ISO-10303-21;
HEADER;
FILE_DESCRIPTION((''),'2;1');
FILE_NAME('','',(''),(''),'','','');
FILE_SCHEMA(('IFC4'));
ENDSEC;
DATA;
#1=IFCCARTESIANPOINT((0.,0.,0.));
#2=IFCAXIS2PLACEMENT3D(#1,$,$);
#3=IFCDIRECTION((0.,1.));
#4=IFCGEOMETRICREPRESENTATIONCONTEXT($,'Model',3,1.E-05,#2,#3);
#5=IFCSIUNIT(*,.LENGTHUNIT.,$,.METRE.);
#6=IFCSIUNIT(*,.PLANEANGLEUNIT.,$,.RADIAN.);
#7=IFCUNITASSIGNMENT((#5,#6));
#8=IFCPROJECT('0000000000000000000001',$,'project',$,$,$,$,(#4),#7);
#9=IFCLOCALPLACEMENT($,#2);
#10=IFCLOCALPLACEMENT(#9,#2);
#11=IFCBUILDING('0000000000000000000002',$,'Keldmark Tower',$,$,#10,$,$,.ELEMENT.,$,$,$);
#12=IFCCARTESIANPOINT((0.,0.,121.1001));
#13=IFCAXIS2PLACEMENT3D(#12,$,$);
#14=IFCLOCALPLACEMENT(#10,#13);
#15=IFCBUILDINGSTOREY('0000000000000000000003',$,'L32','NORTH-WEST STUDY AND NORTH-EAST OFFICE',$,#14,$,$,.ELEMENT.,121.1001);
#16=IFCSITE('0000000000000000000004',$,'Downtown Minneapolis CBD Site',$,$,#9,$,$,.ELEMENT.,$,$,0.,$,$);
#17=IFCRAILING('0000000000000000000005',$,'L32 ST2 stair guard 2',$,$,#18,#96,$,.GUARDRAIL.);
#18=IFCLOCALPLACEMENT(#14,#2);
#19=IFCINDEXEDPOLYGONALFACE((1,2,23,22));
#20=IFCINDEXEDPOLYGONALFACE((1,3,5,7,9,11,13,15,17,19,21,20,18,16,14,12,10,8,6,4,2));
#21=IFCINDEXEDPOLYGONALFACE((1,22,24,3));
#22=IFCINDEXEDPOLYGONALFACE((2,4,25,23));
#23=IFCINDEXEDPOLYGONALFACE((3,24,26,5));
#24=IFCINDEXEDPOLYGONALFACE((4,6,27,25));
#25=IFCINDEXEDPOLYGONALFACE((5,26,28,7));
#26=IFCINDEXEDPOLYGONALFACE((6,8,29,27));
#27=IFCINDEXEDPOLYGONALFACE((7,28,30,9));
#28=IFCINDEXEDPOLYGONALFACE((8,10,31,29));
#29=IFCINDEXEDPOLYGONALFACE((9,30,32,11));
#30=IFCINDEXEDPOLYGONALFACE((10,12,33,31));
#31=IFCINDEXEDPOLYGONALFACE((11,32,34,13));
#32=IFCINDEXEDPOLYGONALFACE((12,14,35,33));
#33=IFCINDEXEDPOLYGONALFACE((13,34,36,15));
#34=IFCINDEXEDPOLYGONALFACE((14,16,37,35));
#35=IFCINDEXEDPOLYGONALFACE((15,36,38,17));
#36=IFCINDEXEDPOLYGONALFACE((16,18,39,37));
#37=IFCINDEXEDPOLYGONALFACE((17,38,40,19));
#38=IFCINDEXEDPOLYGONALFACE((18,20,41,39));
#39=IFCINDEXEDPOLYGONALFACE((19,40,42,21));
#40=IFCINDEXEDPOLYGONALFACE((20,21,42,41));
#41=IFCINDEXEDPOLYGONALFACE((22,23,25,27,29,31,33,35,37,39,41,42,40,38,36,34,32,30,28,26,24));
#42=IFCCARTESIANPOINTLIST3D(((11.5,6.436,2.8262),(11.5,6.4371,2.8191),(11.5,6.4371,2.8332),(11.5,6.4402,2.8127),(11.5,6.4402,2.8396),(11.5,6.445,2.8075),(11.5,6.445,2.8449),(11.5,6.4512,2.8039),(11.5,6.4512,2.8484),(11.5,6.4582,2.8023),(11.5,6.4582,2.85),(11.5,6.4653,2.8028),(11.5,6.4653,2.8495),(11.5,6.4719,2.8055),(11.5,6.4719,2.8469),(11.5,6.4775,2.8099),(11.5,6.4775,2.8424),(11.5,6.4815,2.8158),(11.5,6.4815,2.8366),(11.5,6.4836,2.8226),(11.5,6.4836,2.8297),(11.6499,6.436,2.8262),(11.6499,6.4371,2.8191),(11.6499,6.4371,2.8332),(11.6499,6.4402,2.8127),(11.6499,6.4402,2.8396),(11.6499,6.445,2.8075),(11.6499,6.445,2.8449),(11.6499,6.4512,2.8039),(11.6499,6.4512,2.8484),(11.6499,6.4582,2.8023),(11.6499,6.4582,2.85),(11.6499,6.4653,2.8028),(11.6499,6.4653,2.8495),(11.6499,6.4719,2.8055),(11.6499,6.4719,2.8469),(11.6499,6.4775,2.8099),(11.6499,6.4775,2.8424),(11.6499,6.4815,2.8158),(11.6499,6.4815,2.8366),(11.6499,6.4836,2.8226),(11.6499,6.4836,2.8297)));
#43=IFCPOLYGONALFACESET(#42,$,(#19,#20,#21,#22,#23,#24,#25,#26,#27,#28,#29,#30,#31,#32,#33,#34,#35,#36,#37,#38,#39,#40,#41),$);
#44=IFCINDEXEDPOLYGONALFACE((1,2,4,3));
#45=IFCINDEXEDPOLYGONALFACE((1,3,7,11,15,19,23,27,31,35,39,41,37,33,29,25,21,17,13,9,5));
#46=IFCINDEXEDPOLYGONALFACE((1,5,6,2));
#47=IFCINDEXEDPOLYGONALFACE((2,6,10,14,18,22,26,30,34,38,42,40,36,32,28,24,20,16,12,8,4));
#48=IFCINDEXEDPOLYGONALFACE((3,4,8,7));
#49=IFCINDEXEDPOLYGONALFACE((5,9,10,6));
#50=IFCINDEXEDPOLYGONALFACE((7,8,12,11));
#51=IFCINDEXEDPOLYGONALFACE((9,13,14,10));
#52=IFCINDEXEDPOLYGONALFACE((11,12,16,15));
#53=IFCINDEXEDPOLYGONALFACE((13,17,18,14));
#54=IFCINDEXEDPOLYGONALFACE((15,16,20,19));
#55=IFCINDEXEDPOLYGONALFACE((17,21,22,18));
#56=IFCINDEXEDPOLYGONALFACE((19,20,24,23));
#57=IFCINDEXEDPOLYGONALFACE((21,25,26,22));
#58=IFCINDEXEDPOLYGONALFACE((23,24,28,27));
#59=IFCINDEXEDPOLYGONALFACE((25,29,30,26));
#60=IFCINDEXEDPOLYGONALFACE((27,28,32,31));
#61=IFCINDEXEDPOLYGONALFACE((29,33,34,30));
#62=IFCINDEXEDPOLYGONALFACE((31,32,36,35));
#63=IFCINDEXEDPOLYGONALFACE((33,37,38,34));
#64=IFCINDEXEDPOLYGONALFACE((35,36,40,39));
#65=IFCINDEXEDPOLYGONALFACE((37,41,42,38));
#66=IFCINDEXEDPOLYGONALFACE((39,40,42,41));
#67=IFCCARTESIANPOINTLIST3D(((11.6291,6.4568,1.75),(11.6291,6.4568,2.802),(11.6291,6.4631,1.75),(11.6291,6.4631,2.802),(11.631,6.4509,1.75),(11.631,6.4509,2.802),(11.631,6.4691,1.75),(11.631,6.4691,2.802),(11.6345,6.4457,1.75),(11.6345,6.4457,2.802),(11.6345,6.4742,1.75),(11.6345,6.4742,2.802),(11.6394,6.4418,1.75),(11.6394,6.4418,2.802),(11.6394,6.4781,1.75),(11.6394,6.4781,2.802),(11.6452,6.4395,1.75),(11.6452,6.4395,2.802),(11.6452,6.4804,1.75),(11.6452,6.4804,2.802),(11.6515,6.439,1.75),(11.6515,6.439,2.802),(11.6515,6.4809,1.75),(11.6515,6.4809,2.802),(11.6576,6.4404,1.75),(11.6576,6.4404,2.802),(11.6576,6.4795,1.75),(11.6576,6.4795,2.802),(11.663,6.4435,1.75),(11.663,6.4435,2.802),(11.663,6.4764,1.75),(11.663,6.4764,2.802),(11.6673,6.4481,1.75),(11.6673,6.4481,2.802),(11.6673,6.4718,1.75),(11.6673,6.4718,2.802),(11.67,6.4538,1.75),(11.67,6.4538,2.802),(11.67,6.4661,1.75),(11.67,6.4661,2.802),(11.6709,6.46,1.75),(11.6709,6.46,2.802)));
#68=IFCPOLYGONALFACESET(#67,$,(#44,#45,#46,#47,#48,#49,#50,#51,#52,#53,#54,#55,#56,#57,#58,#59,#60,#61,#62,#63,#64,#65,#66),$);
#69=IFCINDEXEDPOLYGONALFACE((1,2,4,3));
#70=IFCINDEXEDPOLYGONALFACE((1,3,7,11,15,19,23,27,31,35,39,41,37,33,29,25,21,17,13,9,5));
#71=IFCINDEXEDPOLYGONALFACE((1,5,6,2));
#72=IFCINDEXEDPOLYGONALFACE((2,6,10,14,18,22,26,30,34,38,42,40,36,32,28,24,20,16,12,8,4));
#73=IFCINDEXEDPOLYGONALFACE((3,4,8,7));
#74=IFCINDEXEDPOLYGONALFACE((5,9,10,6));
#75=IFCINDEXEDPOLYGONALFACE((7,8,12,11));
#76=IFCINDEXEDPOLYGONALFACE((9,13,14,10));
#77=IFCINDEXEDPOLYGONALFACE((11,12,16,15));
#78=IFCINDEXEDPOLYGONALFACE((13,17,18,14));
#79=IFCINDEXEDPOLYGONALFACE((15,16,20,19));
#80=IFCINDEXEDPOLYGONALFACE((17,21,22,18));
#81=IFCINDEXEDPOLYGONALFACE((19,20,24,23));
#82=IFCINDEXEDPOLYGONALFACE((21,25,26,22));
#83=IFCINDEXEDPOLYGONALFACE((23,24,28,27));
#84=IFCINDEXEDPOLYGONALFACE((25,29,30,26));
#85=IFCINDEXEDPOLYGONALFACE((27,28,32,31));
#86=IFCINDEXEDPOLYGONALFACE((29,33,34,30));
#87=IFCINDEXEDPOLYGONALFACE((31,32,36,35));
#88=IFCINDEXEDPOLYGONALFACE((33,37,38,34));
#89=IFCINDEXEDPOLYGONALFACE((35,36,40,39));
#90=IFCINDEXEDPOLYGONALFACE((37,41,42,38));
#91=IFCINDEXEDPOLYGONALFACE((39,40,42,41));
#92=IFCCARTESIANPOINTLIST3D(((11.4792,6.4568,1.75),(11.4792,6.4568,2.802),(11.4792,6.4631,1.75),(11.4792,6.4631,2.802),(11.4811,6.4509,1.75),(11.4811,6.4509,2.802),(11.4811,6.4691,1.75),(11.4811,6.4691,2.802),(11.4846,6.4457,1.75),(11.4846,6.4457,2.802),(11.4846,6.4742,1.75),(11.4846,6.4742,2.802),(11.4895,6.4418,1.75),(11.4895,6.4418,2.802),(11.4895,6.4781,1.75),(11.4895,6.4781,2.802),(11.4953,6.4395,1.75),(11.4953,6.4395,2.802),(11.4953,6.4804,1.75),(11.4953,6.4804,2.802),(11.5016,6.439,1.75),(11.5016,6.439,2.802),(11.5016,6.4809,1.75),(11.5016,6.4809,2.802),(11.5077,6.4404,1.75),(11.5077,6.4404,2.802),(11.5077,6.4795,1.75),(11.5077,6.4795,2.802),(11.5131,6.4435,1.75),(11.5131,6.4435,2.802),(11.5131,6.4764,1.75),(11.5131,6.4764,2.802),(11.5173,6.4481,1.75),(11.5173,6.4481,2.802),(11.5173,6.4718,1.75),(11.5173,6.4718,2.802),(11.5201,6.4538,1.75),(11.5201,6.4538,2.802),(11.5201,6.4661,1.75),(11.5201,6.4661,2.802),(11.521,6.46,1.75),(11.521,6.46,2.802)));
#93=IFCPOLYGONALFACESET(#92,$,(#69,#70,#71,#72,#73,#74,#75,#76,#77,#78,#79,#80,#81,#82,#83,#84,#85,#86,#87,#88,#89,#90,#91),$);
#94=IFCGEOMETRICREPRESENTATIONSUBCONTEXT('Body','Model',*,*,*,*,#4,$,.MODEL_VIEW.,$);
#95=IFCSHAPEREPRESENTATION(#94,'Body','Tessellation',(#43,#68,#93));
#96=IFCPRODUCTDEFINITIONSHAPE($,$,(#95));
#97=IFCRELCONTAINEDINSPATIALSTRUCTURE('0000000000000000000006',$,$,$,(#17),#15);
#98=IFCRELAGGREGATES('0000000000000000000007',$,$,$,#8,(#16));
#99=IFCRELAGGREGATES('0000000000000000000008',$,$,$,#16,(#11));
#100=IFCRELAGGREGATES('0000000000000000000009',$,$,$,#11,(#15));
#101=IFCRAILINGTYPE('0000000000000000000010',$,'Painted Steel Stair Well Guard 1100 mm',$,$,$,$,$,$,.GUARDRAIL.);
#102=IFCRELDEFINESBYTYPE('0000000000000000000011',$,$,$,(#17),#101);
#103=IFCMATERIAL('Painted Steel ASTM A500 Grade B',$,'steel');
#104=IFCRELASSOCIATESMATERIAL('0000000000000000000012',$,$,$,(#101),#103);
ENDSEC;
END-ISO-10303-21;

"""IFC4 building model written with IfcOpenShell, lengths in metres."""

from ifc_helpers import new_model, si_unit, direction, frame, origin, origin_2d, place, context, subcontext, project, spatial, circle, extrude, material, type_object, element, save


model = new_model("IFC4")

# Units and contexts
model_context = context("Model", 3, precision=1e-05, world=origin(), true_north=direction((0.0, 1.0)))
body_context = subcontext(model_context, "Body", "Model", "MODEL_VIEW")
ifc_project = project(units=[si_unit("LENGTHUNIT", "METRE"), si_unit("PLANEANGLEUNIT", "RADIAN")], contexts=[model_context])

# Site, building, storey
site_placement = place(None, origin())
site = spatial("IfcSite", under=ifc_project, at=site_placement, Name="Downtown Minneapolis CBD Site", CompositionType="ELEMENT", RefElevation=0.0)
building_placement = place(site_placement, origin())
building = spatial("IfcBuilding", under=site, at=building_placement, Name="Keldmark Tower", CompositionType="ELEMENT")
storey_placement = place(building_placement, frame((0.0, 0.0, 121.1001)))
storey = spatial("IfcBuildingStorey", under=building, at=storey_placement, Name="L32", Description="NORTH-WEST STUDY AND NORTH-EAST OFFICE", CompositionType="ELEMENT", Elevation=121.1001)

# Railing
ifc_material_1 = material(Name="Painted Steel ASTM A500 Grade B", Category="steel")
railing_type_1 = type_object("IfcRailingType", Name="Painted Steel Stair Well Guard 1100 mm", PredefinedType="GUARDRAIL", material=ifc_material_1)
railing_1_placement = place(storey_placement, frame((11.6499, 6.46, 1.75)))
element("IfcRailing", 1, at=railing_1_placement, inside=storey, type_object=railing_type_1, Name="L32 ST2 stair guard 2", PredefinedType="GUARDRAIL", context=body_context, shape_type="SweptSolid", body=[
    extrude(circle(Radius=0.0239, at=origin_2d()), frame((0.0, 0.0, 1.0762), z_axis=(-1.0, 0.0, 0.0), x_axis=(0.0, -1.0, 0.0)), (0.0, 0.0, 1.0), 0.1499),
    extrude(circle(Radius=0.021, at=origin_2d()), origin(), (0.0, 0.0, 1.0), 1.052),
    extrude(circle(Radius=0.021, at=origin_2d()), frame((-0.1499, 0.0, 0.0)), (0.0, 0.0, 1.0), 1.052),
])

save(model, "model.ifc")
